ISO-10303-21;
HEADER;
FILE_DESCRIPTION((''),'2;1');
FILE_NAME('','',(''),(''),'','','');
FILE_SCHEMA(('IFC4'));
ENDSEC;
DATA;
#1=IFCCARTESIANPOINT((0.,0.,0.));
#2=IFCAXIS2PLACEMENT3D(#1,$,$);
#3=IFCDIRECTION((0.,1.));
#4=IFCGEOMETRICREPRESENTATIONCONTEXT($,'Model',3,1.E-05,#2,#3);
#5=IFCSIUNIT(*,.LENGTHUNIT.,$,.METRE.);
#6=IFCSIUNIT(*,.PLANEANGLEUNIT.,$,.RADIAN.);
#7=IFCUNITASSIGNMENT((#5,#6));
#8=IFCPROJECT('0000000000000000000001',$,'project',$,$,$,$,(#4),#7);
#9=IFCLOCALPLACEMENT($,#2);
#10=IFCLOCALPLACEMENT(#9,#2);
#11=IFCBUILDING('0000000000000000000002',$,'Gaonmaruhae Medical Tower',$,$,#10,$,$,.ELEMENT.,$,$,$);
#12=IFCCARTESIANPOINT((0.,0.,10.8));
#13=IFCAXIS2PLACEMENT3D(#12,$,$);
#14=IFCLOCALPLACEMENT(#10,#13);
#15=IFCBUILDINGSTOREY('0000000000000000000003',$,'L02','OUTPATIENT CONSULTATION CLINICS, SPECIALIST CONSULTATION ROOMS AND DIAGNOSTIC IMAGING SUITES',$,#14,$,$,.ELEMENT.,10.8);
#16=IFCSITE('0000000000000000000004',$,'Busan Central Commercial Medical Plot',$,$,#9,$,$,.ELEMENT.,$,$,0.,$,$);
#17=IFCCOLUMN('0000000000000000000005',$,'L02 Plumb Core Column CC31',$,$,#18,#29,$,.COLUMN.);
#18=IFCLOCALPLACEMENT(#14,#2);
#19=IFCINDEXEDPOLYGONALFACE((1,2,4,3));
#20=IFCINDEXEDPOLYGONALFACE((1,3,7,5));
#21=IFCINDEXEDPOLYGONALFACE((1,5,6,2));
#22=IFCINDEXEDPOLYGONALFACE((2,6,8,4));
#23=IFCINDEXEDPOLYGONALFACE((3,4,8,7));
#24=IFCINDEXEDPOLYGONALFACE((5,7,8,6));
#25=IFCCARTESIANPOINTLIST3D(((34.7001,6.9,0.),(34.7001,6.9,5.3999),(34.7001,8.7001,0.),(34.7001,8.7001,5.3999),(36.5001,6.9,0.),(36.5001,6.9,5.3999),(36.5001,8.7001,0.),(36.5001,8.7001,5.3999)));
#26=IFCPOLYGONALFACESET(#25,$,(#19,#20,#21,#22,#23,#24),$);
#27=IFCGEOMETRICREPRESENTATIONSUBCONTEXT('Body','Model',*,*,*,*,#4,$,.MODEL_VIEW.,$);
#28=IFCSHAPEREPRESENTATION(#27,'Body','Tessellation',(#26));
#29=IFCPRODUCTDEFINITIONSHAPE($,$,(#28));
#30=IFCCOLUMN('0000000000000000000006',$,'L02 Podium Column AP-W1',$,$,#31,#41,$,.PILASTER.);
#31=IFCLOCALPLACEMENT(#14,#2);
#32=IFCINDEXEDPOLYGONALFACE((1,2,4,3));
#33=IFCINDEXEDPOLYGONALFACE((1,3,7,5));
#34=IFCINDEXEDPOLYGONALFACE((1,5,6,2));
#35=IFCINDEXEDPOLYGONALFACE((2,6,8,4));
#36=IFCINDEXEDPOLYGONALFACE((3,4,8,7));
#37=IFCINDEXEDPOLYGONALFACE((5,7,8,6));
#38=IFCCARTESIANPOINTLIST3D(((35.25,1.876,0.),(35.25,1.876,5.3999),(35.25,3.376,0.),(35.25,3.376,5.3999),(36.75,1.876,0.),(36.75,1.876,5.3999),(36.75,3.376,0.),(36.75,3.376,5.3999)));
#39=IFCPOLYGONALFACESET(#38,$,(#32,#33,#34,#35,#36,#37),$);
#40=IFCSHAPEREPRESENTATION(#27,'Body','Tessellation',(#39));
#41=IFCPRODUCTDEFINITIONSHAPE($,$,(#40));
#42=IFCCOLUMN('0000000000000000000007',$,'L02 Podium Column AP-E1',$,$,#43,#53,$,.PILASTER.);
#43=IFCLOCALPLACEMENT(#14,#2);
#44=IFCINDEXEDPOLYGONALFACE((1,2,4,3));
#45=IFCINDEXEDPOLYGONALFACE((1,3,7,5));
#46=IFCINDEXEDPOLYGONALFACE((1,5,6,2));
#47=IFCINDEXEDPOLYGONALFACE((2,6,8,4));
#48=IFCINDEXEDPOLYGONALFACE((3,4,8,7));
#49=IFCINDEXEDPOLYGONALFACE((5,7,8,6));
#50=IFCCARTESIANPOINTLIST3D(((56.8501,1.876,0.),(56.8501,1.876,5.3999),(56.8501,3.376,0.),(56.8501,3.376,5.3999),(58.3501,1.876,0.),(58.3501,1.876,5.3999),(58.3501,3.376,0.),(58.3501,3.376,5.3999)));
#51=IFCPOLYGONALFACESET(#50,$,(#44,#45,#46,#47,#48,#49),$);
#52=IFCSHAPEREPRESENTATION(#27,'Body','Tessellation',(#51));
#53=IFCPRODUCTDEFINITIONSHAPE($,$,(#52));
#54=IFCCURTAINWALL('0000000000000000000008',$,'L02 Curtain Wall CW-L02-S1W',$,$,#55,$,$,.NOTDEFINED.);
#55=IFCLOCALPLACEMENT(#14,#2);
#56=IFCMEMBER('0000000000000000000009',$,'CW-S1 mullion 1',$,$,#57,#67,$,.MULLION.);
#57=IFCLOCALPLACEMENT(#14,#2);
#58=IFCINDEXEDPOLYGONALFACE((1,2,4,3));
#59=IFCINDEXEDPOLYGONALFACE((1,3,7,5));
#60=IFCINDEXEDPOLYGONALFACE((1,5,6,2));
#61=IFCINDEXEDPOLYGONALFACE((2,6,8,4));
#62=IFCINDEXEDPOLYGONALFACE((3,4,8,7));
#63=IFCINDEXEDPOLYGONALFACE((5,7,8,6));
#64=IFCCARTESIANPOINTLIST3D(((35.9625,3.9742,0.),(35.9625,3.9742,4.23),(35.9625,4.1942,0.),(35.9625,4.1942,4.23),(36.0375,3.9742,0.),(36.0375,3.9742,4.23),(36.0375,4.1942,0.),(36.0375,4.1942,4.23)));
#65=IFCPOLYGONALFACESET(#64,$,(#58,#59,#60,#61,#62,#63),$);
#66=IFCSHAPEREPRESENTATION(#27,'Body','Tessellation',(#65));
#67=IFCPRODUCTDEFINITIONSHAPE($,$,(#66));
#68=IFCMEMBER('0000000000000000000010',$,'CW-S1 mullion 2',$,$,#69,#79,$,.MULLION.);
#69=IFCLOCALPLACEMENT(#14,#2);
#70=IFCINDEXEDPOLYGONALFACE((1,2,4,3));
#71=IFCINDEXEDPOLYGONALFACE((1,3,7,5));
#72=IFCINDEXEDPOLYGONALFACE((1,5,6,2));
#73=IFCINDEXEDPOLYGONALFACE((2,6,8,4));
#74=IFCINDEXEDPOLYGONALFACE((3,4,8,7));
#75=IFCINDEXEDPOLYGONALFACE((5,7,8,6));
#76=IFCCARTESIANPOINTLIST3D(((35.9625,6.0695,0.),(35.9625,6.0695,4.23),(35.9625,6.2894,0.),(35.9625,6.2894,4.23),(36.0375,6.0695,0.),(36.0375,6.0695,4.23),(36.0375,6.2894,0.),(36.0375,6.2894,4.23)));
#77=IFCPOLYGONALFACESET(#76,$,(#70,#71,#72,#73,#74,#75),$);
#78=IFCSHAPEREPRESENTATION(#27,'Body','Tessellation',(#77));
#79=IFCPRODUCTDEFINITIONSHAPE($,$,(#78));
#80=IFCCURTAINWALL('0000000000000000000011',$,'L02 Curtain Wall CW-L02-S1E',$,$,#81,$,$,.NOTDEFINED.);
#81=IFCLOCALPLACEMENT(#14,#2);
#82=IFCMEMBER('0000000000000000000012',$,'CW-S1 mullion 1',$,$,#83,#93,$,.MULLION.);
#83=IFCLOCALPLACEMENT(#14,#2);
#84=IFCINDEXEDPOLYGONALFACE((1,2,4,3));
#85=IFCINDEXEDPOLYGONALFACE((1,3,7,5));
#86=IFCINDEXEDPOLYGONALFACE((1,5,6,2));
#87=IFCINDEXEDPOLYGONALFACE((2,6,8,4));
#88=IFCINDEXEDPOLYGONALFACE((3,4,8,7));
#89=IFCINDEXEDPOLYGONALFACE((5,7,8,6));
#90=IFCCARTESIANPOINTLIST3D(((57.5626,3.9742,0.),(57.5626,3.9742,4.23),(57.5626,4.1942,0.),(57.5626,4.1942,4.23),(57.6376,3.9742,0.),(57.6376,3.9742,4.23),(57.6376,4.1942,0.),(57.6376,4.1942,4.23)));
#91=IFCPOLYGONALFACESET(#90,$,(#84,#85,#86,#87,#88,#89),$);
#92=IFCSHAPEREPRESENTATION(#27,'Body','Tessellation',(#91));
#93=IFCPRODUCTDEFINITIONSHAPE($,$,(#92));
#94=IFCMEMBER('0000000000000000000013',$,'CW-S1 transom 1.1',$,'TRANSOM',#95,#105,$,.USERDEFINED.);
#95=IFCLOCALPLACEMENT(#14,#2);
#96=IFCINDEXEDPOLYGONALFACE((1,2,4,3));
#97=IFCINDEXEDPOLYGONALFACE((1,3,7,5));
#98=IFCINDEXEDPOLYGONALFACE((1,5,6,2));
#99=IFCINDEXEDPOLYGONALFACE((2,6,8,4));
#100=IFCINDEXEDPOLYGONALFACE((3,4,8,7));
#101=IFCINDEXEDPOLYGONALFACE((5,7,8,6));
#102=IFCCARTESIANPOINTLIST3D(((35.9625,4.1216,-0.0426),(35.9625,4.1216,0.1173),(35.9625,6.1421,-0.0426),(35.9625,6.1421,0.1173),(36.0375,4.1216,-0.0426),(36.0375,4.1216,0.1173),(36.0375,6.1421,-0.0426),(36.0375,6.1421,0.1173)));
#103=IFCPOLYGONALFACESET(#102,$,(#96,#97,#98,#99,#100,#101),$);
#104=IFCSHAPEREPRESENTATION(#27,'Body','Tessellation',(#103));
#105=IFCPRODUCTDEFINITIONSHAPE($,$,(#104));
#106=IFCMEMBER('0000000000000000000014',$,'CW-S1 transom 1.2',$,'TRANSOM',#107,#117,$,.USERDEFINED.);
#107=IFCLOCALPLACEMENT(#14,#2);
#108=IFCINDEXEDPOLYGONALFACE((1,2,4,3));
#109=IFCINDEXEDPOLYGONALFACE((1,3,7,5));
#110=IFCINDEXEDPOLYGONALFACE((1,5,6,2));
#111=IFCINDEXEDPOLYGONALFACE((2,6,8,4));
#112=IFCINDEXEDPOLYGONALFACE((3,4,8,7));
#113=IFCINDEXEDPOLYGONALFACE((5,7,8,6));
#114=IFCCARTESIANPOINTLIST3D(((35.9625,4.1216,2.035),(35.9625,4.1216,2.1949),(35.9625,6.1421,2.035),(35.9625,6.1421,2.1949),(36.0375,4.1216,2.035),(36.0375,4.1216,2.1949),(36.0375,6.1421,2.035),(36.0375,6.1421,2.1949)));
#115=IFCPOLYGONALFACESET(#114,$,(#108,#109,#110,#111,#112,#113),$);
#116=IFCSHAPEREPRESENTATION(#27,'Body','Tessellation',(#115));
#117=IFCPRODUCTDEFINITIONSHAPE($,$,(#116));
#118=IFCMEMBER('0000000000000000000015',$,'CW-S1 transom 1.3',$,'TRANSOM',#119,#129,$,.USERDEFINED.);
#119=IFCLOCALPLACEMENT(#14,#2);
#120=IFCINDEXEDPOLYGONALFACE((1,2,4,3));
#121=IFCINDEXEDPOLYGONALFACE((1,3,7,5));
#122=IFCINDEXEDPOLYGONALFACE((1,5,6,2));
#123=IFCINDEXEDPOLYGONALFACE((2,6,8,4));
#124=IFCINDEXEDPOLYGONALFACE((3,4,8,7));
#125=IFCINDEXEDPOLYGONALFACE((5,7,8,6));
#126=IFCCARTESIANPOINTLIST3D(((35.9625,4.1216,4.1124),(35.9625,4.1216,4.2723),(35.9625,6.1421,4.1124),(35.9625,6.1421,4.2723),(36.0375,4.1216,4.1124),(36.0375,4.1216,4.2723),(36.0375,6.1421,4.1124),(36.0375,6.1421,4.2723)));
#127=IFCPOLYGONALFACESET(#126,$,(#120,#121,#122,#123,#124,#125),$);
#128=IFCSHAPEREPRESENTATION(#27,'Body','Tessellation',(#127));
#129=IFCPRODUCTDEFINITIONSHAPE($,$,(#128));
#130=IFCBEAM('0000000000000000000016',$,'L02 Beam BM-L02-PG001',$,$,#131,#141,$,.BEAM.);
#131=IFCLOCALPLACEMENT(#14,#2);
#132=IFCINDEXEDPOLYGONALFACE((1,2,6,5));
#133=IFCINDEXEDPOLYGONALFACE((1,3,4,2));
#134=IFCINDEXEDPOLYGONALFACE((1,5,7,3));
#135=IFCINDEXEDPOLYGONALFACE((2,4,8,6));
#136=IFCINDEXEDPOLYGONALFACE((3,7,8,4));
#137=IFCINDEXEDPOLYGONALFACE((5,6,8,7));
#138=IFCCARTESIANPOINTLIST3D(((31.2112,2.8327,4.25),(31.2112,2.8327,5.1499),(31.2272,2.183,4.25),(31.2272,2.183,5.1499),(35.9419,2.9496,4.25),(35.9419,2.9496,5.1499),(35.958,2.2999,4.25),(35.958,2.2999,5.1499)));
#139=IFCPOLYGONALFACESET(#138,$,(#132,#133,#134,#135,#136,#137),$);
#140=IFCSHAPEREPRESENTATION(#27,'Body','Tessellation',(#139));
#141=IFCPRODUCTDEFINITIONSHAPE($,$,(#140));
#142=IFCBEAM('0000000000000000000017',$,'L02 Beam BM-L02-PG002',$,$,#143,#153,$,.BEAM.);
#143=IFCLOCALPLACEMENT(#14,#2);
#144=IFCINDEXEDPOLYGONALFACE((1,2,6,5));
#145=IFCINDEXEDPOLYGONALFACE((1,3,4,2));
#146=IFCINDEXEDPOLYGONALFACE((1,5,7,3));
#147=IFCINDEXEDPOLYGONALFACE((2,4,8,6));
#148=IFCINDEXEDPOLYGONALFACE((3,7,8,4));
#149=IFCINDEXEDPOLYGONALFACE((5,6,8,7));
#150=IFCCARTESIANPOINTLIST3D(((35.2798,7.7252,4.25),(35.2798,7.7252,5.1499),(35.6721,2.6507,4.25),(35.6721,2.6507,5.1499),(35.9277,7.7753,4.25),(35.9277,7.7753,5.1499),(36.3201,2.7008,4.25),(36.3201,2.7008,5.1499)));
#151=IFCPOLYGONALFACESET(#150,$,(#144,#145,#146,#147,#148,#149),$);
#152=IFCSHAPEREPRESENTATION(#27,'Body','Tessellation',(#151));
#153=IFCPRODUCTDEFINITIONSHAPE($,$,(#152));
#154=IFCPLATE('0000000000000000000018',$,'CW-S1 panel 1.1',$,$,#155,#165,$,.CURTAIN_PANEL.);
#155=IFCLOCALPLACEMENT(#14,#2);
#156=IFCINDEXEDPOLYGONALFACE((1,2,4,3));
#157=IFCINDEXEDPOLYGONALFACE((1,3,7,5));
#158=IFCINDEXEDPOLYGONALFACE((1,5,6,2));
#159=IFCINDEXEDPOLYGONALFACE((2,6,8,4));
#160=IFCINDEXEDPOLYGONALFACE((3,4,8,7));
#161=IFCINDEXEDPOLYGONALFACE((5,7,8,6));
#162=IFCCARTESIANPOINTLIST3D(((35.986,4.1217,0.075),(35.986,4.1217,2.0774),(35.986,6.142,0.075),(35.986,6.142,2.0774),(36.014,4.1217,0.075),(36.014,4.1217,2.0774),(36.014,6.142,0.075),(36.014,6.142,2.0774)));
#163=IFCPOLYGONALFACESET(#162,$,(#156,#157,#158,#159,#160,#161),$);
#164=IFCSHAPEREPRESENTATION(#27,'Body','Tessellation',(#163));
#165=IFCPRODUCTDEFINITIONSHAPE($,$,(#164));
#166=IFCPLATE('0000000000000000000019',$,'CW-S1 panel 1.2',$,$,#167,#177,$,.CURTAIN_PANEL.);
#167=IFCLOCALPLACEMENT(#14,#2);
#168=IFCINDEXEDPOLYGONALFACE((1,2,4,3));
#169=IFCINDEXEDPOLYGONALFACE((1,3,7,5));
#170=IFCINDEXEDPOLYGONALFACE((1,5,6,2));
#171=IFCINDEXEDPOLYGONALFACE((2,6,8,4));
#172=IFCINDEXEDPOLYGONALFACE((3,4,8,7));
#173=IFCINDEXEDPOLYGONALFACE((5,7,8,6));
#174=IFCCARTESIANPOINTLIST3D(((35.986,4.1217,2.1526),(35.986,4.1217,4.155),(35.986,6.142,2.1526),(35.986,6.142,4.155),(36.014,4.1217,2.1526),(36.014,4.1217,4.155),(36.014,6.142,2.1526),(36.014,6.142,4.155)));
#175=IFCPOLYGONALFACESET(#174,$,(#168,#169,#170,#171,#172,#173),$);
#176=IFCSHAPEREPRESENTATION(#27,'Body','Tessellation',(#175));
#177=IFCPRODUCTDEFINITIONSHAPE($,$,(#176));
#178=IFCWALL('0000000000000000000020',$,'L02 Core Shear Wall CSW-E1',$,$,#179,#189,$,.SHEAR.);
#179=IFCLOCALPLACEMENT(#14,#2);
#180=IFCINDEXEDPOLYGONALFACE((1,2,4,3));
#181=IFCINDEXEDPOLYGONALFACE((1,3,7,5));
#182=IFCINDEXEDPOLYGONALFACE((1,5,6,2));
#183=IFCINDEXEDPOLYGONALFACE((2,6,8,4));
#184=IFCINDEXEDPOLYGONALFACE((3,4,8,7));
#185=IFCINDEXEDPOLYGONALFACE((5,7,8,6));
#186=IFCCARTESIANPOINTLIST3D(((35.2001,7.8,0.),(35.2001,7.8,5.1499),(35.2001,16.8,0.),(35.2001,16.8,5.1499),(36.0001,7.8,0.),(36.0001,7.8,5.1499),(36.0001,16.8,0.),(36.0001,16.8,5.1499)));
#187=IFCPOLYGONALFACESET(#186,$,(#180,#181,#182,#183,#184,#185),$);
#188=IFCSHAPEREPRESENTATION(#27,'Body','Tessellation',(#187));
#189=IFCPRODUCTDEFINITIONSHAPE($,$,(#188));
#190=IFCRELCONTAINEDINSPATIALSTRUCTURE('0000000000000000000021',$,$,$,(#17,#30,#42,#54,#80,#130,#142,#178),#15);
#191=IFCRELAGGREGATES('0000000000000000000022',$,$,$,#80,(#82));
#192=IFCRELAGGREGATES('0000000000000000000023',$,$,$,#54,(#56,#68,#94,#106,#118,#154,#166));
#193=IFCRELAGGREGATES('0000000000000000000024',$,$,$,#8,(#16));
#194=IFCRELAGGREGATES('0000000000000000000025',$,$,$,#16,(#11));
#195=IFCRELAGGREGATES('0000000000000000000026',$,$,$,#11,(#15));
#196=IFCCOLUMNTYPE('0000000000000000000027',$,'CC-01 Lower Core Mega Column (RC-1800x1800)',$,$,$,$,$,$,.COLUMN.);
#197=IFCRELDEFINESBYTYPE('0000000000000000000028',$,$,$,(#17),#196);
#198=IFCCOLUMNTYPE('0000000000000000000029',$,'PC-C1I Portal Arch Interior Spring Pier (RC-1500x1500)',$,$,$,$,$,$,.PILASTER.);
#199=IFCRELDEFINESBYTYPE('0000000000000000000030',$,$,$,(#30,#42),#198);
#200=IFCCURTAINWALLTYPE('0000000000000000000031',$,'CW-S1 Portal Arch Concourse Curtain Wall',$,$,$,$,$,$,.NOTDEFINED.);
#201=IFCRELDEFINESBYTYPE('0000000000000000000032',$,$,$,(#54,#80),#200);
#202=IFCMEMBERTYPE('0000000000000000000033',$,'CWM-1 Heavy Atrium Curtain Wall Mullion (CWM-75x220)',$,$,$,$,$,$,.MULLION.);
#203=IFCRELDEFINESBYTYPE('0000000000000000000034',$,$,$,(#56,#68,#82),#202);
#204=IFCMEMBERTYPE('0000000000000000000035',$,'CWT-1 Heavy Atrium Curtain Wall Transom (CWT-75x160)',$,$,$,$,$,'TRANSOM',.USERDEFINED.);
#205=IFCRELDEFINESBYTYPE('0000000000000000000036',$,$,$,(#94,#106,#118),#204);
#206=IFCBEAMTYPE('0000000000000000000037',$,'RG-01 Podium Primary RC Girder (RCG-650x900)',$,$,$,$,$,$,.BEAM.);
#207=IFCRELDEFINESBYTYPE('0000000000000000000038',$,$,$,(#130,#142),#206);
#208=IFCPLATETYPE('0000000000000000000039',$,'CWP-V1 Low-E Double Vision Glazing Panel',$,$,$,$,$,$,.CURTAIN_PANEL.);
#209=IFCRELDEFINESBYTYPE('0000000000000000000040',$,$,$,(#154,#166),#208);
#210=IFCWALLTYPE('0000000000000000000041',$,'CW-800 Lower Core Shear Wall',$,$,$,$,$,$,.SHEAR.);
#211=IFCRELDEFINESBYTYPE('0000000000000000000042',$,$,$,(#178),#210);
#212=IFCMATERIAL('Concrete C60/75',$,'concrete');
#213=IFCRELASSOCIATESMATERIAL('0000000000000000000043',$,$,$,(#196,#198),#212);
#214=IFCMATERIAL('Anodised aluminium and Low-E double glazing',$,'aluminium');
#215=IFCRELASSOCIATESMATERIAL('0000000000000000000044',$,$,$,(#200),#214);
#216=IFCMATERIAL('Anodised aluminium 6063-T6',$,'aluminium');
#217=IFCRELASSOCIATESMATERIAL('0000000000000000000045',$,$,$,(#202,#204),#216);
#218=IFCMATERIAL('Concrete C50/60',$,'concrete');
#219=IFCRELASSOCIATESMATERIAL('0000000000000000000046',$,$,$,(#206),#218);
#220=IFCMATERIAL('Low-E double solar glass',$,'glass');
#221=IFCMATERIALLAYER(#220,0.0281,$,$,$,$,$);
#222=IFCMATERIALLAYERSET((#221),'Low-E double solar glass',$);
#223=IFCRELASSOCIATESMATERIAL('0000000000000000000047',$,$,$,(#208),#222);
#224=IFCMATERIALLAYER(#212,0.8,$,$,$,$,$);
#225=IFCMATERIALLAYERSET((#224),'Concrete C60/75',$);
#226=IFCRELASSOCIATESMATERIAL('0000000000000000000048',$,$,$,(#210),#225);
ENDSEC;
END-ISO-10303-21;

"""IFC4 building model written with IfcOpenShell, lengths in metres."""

from ifc_helpers import new_model, si_unit, direction, frame, frame_2d, origin, origin_2d, place, context, subcontext, project, spatial, rectangle, extrude, material, layer, layer_set, material_profile, profile_set, type_object, element, aggregate, save


model = new_model("IFC4")

# Units and contexts
model_context = context("Model", 3, precision=1e-05, world=origin(), true_north=direction((0.0, 1.0)))
body_context = subcontext(model_context, "Body", "Model", "MODEL_VIEW")
ifc_project = project(units=[si_unit("LENGTHUNIT", "METRE"), si_unit("PLANEANGLEUNIT", "RADIAN")], contexts=[model_context])

# Site, building, storey
site_placement = place(None, origin())
site = spatial("IfcSite", under=ifc_project, at=site_placement, Name="Busan Central Commercial Medical Plot", CompositionType="ELEMENT", RefElevation=0.0)
building_placement = place(site_placement, origin())
building = spatial("IfcBuilding", under=site, at=building_placement, Name="Gaonmaruhae Medical Tower", CompositionType="ELEMENT")
storey_placement = place(building_placement, frame((0.0, 0.0, 10.8)))
storey = spatial("IfcBuildingStorey", under=building, at=storey_placement, Name="L02", Description="OUTPATIENT CONSULTATION CLINICS, SPECIALIST CONSULTATION ROOMS AND DIAGNOSTIC IMAGING SUITES", CompositionType="ELEMENT", Elevation=10.8)

# Columns
ifc_material_1 = material(Name="Concrete C60/75", Category="concrete")
ifc_material_profile_1 = material_profile(ifc_material_1, rectangle(XDim=1.8, YDim=1.8, at=origin_2d()), Name="RC-1800x1800")
ifc_profile_set_1 = profile_set([ifc_material_profile_1], Name="Concrete C60/75")
column_type_1 = type_object("IfcColumnType", Name="CC-01 Lower Core Mega Column (RC-1800x1800)", PredefinedType="COLUMN", material=ifc_profile_set_1)
column_placement = place(storey_placement, frame((35.6001, 7.8, 0.0), z_axis=(0.0, 0.0, 1.0), x_axis=(1.0, 0.0, 0.0)))
element("IfcColumn", 1, at=column_placement, inside=storey, type_object=column_type_1, Name="L02 Plumb Core Column CC31", PredefinedType="COLUMN", context=body_context, shape_type="SweptSolid", body=[
    extrude(rectangle(XDim=1.8, YDim=1.8, at=origin_2d()), origin(), (0.0, 0.0, 1.0), 5.3999),
])
ifc_material_profile_2 = material_profile(ifc_material_1, rectangle(XDim=1.5, YDim=1.5, at=origin_2d()), Name="RC-1500x1500")
ifc_profile_set_2 = profile_set([ifc_material_profile_2], Name="Concrete C60/75")
column_type_2 = type_object("IfcColumnType", Name="PC-C1I Portal Arch Interior Spring Pier (RC-1500x1500)", PredefinedType="PILASTER", material=ifc_profile_set_2)
for number, where, z_axis, x_axis, name in (
    (2, (36.0, 2.626, 0.0), (0.0, 0.0, 1.0), (1.0, 0.0, 0.0), "L02 Podium Column AP-W1"),
    (3, (57.6001, 2.626, 0.0), (0.0, 0.0, 1.0), (1.0, 0.0, 0.0), "L02 Podium Column AP-E1"),
):
    element("IfcColumn", number, at=place(storey_placement, frame(where, z_axis=z_axis, x_axis=x_axis)), inside=storey, type_object=column_type_2, Name=name, PredefinedType="PILASTER", context=body_context, shape_type="SweptSolid", body=[
        extrude(rectangle(XDim=1.5, YDim=1.5, at=origin_2d()), origin(), (0.0, 0.0, 1.0), 5.3999),
    ])

# Curtain wall, members
ifc_material_2 = material(Name="Anodised aluminium and Low-E double glazing", Category="aluminium")
curtain_wall_type = type_object("IfcCurtainWallType", Name="CW-S1 Portal Arch Concourse Curtain Wall", PredefinedType="NOTDEFINED", material=ifc_material_2)
curtain_wall_1_placement = place(storey_placement, origin())
curtain_wall_1 = element("IfcCurtainWall", 4, at=curtain_wall_1_placement, inside=storey, type_object=curtain_wall_type, Name="L02 Curtain Wall CW-L02-S1W", PredefinedType="NOTDEFINED")
ifc_material_3 = material(Name="Anodised aluminium 6063-T6", Category="aluminium")
ifc_material_profile_3 = material_profile(ifc_material_3, rectangle(XDim=0.075, YDim=0.22, at=origin_2d()), Name="CWM-75x220")
ifc_profile_set_3 = profile_set([ifc_material_profile_3], Name="Anodised aluminium 6063-T6")
member_type_1 = type_object("IfcMemberType", Name="CWM-1 Heavy Atrium Curtain Wall Mullion (CWM-75x220)", PredefinedType="MULLION", material=ifc_profile_set_3)
member_1_placement = place(storey_placement, frame((36.0, 4.0842, 0.0), z_axis=(0.0, 0.0, 1.0), x_axis=(-1.0, 0.0, 0.0)))
member_1 = element("IfcMember", 5, at=member_1_placement, type_object=member_type_1, Name="CW-S1 mullion 1", PredefinedType="MULLION", context=body_context, shape_type="SweptSolid", body=[
    extrude(rectangle(XDim=0.075, YDim=0.22, at=origin_2d()), origin(), (0.0, 0.0, 1.0), 4.23),
])
member_2_placement = place(storey_placement, frame((36.0, 6.1794, 0.0), z_axis=(0.0, 0.0, 1.0), x_axis=(-1.0, 0.0, 0.0)))
member_2 = element("IfcMember", 6, at=member_2_placement, type_object=member_type_1, Name="CW-S1 mullion 2", PredefinedType="MULLION", context=body_context, shape_type="SweptSolid", body=[
    extrude(rectangle(XDim=0.075, YDim=0.22, at=origin_2d()), origin(), (0.0, 0.0, 1.0), 4.23),
])

# Curtain wall, member
curtain_wall_2_placement = place(storey_placement, origin())
curtain_wall_2 = element("IfcCurtainWall", 7, at=curtain_wall_2_placement, inside=storey, type_object=curtain_wall_type, Name="L02 Curtain Wall CW-L02-S1E", PredefinedType="NOTDEFINED")
member_3_placement = place(storey_placement, frame((57.6001, 4.0842, 0.0), z_axis=(0.0, 0.0, 1.0), x_axis=(-1.0, 0.0, 0.0)))
member_3 = element("IfcMember", 8, at=member_3_placement, type_object=member_type_1, Name="CW-S1 mullion 1", PredefinedType="MULLION", context=body_context, shape_type="SweptSolid", body=[
    extrude(rectangle(XDim=0.075, YDim=0.22, at=origin_2d()), origin(), (0.0, 0.0, 1.0), 4.23),
])
aggregate(curtain_wall_2, [member_3])

# Members
ifc_material_profile_4 = material_profile(ifc_material_3, rectangle(XDim=0.075, YDim=0.1599, at=origin_2d()), Name="CWT-75x160")
ifc_profile_set_4 = profile_set([ifc_material_profile_4], Name="Anodised aluminium 6063-T6")
member_type_2 = type_object("IfcMemberType", Name="CWT-1 Heavy Atrium Curtain Wall Transom (CWT-75x160)", ElementType="TRANSOM", PredefinedType="USERDEFINED", material=ifc_profile_set_4)
member_4_placement = place(storey_placement, frame((36.0, 4.1216, 0.0374), z_axis=(0.0, 1.0, 0.0), x_axis=(-1.0, 0.0, 0.0)))
member_4 = element("IfcMember", 9, at=member_4_placement, type_object=member_type_2, Name="CW-S1 transom 1.1", ObjectType="TRANSOM", PredefinedType="USERDEFINED", context=body_context, shape_type="SweptSolid", body=[
    extrude(rectangle(XDim=0.075, YDim=0.1599, at=origin_2d()), origin(), (0.0, 0.0, 1.0), 2.0205),
])
member_5_placement = place(storey_placement, frame((36.0, 4.1216, 2.115), z_axis=(0.0, 1.0, 0.0), x_axis=(-1.0, 0.0, 0.0)))
member_5 = element("IfcMember", 10, at=member_5_placement, type_object=member_type_2, Name="CW-S1 transom 1.2", ObjectType="TRANSOM", PredefinedType="USERDEFINED", context=body_context, shape_type="SweptSolid", body=[
    extrude(rectangle(XDim=0.075, YDim=0.1599, at=origin_2d()), origin(), (0.0, 0.0, 1.0), 2.0205),
])
member_6_placement = place(storey_placement, frame((36.0, 4.1216, 4.1924), z_axis=(0.0, 1.0, 0.0), x_axis=(-1.0, 0.0, 0.0)))
member_6 = element("IfcMember", 11, at=member_6_placement, type_object=member_type_2, Name="CW-S1 transom 1.3", ObjectType="TRANSOM", PredefinedType="USERDEFINED", context=body_context, shape_type="SweptSolid", body=[
    extrude(rectangle(XDim=0.075, YDim=0.1599, at=origin_2d()), origin(), (0.0, 0.0, 1.0), 2.0205),
])

# Beams
ifc_material_4 = material(Name="Concrete C50/60", Category="concrete")
ifc_material_profile_5 = material_profile(ifc_material_4, rectangle(XDim=0.6499, YDim=0.8999, at=origin_2d()), Name="RCG-650x900")
ifc_profile_set_5 = profile_set([ifc_material_profile_5], Name="Concrete C50/60")
beam_type = type_object("IfcBeamType", Name="RG-01 Podium Primary RC Girder (RCG-650x900)", PredefinedType="BEAM", material=ifc_profile_set_5)
beam_1_placement = place(storey_placement, frame((35.95, 2.6248, 4.7), z_axis=(-0.999695, -0.024712, 0.0), x_axis=(0.024712, -0.999695, 0.0)))
element("IfcBeam", 12, at=beam_1_placement, inside=storey, type_object=beam_type, Name="L02 Beam BM-L02-PG001", PredefinedType="BEAM", context=body_context, shape_type="SweptSolid", body=[
    extrude(rectangle(XDim=0.6499, YDim=0.8999, at=origin_2d()), origin(), (0.0, 0.0, 1.0), 4.7322),
])
beam_2_placement = place(storey_placement, frame((35.9961, 2.6758, 4.7), z_axis=(-0.077085, 0.997024, 0.0), x_axis=(-0.997024, -0.077085, 0.0)))
element("IfcBeam", 13, at=beam_2_placement, inside=storey, type_object=beam_type, Name="L02 Beam BM-L02-PG002", PredefinedType="BEAM", context=body_context, shape_type="SweptSolid", body=[
    extrude(rectangle(XDim=0.6499, YDim=0.8999, at=origin_2d()), origin(), (0.0, 0.0, 1.0), 5.0896),
])

# Plates
ifc_material_5 = material(Name="Low-E double solar glass", Category="glass")
ifc_layer_1 = layer(ifc_material_5, 0.0281)
ifc_layer_set_1 = layer_set([ifc_layer_1], Name="Low-E double solar glass")
plate_type = type_object("IfcPlateType", Name="CWP-V1 Low-E Double Vision Glazing Panel", PredefinedType="CURTAIN_PANEL", material=ifc_layer_set_1)
plate_1_placement = place(storey_placement, frame((36.0, 5.1318, 0.075), z_axis=(0.0, 0.0, 1.0), x_axis=(0.0, 1.0, 0.0)))
plate_1 = element("IfcPlate", 14, at=plate_1_placement, type_object=plate_type, Name="CW-S1 panel 1.1", PredefinedType="CURTAIN_PANEL", context=body_context, shape_type="SweptSolid", body=[
    extrude(rectangle(XDim=2.0203, YDim=0.0281, at=origin_2d()), origin(), (0.0, 0.0, 1.0), 2.0024),
])
plate_2_placement = place(storey_placement, frame((36.0, 5.1318, 2.1526), z_axis=(0.0, 0.0, 1.0), x_axis=(0.0, 1.0, 0.0)))
plate_2 = element("IfcPlate", 15, at=plate_2_placement, type_object=plate_type, Name="CW-S1 panel 1.2", PredefinedType="CURTAIN_PANEL", context=body_context, shape_type="SweptSolid", body=[
    extrude(rectangle(XDim=2.0203, YDim=0.0281, at=origin_2d()), origin(), (0.0, 0.0, 1.0), 2.0024),
])
aggregate(curtain_wall_1, [member_1, member_2, member_4, member_5, member_6, plate_1, plate_2])

# Wall
ifc_layer_2 = layer(ifc_material_1, 0.8)
ifc_layer_set_2 = layer_set([ifc_layer_2], Name="Concrete C60/75")
wall_type_1 = type_object("IfcWallType", Name="CW-800 Lower Core Shear Wall", PredefinedType="SHEAR", material=ifc_layer_set_2)
wall_1_placement = place(storey_placement, frame((35.6001, 7.8, 0.0), z_axis=(0.0, 0.0, 1.0), x_axis=(0.0, 1.0, 0.0)))
element("IfcWall", 16, at=wall_1_placement, inside=storey, type_object=wall_type_1, Name="L02 Core Shear Wall CSW-E1", PredefinedType="SHEAR", context=body_context, shape_type="SweptSolid", body=[
    extrude(rectangle(XDim=9.0, YDim=0.8, at=frame_2d((4.5, 0.0))), origin(), (0.0, 0.0, 1.0), 5.1499),
])

save(model, "model.ifc")
